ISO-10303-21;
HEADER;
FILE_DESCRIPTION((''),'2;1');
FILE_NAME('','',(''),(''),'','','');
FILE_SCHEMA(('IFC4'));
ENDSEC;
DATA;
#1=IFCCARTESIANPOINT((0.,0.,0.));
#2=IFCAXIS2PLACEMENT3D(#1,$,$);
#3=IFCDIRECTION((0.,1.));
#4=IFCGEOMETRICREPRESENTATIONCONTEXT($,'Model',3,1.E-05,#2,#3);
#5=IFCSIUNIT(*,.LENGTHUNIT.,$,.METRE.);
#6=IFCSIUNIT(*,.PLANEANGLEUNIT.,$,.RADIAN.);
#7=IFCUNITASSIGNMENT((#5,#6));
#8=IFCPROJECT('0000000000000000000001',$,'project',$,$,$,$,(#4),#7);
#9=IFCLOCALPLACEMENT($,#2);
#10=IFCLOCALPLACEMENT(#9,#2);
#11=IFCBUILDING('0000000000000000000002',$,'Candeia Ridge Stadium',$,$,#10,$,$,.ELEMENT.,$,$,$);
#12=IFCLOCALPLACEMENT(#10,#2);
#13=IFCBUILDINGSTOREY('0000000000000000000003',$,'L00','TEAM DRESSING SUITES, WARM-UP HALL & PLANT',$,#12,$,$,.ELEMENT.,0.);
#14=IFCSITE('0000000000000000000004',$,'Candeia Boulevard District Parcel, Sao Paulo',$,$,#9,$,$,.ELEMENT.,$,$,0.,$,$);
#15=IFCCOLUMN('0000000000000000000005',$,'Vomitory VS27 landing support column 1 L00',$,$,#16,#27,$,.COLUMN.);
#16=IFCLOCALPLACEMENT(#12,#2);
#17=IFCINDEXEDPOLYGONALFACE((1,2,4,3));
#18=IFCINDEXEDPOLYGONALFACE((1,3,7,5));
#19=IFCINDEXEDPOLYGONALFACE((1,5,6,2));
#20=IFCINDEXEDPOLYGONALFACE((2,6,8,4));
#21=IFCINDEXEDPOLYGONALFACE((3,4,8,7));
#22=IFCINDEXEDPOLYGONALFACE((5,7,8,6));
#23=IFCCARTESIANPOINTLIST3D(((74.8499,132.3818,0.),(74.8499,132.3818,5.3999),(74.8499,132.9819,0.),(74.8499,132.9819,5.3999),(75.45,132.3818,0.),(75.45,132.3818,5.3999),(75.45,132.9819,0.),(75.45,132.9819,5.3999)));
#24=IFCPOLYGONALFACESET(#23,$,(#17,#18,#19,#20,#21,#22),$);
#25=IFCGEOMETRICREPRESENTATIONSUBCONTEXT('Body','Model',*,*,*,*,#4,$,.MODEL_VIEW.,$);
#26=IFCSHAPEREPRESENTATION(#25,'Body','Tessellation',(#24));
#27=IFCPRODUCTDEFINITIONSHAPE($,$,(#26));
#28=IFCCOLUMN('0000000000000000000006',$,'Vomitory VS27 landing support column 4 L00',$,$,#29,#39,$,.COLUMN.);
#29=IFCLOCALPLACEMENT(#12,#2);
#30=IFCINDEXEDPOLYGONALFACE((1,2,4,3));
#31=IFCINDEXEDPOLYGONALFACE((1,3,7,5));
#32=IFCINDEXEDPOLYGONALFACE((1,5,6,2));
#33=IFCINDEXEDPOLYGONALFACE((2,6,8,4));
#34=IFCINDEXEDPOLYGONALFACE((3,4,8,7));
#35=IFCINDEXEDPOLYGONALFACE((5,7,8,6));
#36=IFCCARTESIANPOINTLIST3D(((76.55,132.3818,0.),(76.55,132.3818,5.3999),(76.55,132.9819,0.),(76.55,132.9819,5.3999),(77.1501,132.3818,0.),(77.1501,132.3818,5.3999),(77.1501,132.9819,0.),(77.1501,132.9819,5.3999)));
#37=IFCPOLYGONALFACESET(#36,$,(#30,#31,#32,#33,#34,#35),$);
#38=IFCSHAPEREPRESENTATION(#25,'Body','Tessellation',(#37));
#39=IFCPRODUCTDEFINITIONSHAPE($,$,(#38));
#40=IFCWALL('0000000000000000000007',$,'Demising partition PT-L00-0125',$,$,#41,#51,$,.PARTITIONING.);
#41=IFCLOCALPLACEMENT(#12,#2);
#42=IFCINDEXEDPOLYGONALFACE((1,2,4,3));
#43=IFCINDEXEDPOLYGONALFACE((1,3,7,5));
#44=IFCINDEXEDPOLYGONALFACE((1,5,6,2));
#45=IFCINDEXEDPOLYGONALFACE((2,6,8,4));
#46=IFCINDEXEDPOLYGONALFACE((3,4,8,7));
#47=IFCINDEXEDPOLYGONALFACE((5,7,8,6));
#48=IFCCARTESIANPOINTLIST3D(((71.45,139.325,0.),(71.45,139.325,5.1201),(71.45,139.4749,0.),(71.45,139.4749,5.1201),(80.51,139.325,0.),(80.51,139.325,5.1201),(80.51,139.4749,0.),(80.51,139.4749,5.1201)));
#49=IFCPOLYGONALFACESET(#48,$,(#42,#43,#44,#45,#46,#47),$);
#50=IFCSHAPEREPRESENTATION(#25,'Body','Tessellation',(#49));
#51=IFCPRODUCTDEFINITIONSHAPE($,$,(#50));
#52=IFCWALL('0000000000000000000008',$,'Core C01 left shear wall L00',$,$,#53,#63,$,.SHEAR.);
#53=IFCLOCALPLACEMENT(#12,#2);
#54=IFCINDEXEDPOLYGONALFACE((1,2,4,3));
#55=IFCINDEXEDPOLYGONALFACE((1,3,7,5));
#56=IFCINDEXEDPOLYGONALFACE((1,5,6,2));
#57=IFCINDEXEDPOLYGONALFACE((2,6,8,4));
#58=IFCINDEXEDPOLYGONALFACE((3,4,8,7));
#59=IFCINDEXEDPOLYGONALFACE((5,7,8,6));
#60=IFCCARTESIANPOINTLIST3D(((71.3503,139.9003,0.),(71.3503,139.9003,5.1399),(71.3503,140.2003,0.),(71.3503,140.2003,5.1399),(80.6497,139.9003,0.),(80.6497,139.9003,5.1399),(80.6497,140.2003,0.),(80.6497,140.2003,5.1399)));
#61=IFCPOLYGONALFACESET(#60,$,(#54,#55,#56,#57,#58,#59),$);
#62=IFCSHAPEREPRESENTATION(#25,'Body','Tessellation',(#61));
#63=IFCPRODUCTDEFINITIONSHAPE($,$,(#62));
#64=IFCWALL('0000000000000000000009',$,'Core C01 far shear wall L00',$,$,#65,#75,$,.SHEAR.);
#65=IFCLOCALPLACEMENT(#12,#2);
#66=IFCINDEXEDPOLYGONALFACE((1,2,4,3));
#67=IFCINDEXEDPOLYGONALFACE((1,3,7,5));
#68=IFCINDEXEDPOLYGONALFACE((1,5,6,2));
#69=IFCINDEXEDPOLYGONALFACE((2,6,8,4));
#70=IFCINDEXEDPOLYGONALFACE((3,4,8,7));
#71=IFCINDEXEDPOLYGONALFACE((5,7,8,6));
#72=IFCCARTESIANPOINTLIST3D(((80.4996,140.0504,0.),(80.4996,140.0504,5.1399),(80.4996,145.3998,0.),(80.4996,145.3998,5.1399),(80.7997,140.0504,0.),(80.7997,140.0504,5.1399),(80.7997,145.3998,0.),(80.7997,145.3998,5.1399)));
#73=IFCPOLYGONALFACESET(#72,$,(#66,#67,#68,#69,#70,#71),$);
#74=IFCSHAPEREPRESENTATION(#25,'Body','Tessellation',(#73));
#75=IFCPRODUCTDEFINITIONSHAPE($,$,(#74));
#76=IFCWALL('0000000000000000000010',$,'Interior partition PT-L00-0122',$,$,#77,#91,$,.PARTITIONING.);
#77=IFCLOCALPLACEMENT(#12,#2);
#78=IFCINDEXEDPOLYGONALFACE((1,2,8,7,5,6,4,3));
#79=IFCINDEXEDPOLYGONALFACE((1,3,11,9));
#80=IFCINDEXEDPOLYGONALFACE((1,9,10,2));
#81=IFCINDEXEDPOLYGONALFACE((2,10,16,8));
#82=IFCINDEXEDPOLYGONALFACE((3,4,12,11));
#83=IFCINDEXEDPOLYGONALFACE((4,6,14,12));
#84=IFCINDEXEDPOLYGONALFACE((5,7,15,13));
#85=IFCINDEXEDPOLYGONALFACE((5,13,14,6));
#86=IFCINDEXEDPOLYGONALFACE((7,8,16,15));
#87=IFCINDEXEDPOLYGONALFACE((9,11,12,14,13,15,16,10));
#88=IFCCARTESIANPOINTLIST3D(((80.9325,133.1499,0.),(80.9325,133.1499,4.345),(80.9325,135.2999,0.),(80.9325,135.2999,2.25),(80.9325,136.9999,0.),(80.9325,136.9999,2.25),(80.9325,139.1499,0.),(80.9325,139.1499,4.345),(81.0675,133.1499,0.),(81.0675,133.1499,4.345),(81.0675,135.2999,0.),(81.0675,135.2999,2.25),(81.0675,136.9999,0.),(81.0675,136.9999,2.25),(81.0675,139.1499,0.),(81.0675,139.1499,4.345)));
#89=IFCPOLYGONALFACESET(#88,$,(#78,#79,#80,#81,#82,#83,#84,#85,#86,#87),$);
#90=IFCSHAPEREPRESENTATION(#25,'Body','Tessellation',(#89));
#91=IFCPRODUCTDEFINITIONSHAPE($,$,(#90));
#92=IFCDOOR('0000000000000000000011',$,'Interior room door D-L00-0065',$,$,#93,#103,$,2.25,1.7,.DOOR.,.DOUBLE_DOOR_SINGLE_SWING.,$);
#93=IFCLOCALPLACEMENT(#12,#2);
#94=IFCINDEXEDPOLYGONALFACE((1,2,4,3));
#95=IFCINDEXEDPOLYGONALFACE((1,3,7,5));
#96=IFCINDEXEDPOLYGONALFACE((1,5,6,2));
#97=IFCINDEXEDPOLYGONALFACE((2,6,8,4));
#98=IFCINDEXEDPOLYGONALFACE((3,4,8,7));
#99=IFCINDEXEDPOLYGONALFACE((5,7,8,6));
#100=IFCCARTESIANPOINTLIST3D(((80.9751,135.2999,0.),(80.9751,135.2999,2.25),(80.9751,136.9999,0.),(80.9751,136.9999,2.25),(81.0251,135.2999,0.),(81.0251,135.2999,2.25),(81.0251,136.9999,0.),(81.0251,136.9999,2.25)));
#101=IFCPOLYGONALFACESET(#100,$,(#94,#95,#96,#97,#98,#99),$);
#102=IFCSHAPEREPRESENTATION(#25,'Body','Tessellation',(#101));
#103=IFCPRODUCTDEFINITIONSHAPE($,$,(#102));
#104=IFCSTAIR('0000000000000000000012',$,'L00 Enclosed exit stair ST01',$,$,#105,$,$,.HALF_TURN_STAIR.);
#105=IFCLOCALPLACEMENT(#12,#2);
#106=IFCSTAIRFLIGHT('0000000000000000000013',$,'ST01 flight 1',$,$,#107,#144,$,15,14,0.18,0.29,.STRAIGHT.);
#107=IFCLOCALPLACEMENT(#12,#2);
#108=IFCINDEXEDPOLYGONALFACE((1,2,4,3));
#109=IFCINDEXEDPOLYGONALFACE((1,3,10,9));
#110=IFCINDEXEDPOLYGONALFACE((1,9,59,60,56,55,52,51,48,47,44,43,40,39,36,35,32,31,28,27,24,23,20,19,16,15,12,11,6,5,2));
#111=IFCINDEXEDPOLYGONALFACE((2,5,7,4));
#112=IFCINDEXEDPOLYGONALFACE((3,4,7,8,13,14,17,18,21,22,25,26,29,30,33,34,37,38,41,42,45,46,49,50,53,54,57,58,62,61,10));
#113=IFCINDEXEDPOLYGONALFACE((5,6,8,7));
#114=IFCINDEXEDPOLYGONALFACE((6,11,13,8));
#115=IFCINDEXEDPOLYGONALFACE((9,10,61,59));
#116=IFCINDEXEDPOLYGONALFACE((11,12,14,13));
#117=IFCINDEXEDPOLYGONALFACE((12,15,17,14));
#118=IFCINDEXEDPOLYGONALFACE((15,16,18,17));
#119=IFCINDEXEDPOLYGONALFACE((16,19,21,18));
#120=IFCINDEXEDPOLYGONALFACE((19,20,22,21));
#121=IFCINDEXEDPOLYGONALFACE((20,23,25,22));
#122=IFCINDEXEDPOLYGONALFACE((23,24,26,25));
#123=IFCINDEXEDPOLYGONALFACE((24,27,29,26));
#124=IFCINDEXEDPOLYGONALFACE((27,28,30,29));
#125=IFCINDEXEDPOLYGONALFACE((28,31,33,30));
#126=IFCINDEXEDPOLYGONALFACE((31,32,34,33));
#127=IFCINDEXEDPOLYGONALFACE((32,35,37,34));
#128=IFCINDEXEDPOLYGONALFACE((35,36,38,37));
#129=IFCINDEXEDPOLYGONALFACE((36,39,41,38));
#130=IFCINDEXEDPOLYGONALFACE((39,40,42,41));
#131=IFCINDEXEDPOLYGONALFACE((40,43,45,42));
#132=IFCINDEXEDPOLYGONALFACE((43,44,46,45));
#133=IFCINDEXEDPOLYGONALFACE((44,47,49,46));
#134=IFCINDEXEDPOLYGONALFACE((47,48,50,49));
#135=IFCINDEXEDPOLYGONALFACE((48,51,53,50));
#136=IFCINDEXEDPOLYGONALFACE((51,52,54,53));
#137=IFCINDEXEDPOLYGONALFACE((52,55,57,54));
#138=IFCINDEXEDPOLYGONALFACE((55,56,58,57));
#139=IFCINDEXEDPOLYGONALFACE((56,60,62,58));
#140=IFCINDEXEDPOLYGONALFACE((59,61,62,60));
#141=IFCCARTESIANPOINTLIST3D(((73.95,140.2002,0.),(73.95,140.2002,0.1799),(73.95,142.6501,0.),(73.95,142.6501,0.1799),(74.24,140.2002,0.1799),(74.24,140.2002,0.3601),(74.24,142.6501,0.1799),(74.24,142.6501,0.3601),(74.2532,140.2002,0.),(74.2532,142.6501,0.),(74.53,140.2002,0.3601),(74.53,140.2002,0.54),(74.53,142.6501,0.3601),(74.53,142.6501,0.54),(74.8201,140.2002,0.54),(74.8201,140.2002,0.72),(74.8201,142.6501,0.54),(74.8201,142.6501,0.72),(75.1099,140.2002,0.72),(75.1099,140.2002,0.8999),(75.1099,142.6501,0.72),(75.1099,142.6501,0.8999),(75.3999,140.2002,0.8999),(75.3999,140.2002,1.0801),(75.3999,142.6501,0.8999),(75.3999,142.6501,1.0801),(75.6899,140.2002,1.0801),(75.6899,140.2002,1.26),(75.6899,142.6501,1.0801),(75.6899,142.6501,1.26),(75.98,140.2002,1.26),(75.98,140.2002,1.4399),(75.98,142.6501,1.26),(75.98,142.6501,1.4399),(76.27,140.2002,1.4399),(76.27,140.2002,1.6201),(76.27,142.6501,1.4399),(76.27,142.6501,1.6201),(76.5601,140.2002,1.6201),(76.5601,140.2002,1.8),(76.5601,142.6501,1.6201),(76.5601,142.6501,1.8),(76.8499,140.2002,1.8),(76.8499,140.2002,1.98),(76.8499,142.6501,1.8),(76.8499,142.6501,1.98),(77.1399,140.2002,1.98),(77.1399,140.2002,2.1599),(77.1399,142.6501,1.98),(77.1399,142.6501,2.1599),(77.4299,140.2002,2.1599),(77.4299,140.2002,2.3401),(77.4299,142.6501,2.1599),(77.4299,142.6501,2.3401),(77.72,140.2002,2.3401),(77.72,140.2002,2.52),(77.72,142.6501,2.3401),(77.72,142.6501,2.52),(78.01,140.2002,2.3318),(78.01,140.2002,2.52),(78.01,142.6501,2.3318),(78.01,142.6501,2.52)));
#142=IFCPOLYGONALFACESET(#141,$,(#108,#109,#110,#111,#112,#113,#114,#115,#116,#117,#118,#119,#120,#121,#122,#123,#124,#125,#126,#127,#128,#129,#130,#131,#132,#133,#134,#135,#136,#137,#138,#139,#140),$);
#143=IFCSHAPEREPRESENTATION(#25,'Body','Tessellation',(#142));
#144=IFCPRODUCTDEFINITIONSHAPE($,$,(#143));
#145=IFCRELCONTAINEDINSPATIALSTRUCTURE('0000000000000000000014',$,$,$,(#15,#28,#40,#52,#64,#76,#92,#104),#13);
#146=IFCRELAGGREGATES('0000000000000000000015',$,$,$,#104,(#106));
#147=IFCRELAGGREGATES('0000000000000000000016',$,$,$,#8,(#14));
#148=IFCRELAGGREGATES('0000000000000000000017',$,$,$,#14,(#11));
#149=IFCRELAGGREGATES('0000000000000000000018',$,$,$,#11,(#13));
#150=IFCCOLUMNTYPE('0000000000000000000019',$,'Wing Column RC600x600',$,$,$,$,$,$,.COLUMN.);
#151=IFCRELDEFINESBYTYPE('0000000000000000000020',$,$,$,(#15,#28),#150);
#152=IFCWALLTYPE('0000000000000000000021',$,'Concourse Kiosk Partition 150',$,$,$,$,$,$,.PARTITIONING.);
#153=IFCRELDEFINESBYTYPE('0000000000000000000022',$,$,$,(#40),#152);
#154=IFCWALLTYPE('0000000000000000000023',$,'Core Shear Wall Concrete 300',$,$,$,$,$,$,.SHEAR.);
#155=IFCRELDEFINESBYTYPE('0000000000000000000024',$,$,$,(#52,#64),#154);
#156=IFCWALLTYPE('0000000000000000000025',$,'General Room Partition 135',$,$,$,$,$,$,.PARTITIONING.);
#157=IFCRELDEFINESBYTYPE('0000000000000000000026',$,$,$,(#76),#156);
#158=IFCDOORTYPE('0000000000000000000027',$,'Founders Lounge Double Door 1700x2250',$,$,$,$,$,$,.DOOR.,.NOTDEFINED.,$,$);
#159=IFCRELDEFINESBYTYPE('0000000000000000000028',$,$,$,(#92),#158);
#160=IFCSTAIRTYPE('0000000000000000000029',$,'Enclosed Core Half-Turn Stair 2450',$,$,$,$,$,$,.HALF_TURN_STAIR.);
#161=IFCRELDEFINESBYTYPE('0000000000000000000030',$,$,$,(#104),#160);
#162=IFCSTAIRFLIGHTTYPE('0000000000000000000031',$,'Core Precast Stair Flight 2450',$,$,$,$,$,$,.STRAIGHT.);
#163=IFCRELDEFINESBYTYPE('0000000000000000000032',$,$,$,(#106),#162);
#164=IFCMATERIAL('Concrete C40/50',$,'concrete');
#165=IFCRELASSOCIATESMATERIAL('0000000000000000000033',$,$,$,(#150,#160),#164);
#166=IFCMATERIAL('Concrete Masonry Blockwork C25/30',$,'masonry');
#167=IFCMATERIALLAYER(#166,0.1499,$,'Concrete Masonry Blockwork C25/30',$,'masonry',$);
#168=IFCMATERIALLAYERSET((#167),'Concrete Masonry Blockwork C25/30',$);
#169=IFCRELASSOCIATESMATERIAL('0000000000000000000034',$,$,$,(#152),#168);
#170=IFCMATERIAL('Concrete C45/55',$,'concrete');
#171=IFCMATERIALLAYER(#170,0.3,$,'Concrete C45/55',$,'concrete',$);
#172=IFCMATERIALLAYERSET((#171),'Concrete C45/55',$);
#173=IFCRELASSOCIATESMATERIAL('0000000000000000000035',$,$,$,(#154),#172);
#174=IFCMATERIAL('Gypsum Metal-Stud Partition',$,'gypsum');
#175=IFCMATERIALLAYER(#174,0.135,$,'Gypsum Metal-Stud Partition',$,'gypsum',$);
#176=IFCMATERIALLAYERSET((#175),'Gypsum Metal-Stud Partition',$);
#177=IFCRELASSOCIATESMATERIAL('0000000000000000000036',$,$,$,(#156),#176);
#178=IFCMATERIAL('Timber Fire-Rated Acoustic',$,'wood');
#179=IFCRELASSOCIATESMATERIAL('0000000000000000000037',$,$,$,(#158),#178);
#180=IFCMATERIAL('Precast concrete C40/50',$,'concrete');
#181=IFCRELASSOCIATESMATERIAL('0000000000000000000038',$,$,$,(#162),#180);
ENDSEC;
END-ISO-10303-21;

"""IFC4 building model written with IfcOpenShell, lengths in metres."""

from ifc_helpers import new_model, si_unit, direction, frame, frame_2d, origin, origin_2d, place, context, subcontext, project, spatial, polyline, rectangle, outline, extrude, material, layer, layer_set, material_profile, profile_set, type_object, element, fill, aggregate, save


model = new_model("IFC4")

# Units and contexts
model_context = context("Model", 3, precision=1e-05, world=origin(), true_north=direction((0.0, 1.0)))
body_context = subcontext(model_context, "Body", "Model", "MODEL_VIEW")
ifc_project = project(units=[si_unit("LENGTHUNIT", "METRE"), si_unit("PLANEANGLEUNIT", "RADIAN")], contexts=[model_context])

# Site, building, storey
site_placement = place(None, origin())
site = spatial("IfcSite", under=ifc_project, at=site_placement, Name="Candeia Boulevard District Parcel, Sao Paulo", CompositionType="ELEMENT", RefElevation=0.0)
building_placement = place(site_placement, origin())
building = spatial("IfcBuilding", under=site, at=building_placement, Name="Candeia Ridge Stadium", CompositionType="ELEMENT")
storey_placement = place(building_placement, origin())
storey = spatial("IfcBuildingStorey", under=building, at=storey_placement, Name="L00", Description="TEAM DRESSING SUITES, WARM-UP HALL & PLANT", CompositionType="ELEMENT", Elevation=0.0)

# Shared definitions
ifc_material_1 = material(Name="Concrete C40/50", Category="concrete")

# Columns
ifc_material_2 = material(Name="Concrete C45/55", Category="concrete")
ifc_material_profile_1 = material_profile(ifc_material_1, rectangle(XDim=0.6001, YDim=0.6001, at=origin_2d()), Name="RC600x600", Category="concrete")
ifc_profile_set_1 = profile_set([ifc_material_profile_1], Name="Concrete C40/50")
column_type_1 = type_object("IfcColumnType", Name="Wing Column RC600x600", PredefinedType="COLUMN", material=ifc_profile_set_1)
for number, where, z_axis, x_axis, name in (
    (1, (75.1499, 132.6819, 0.0), (0.0, 0.0, 1.0), (1.0, 0.0, 0.0), "Vomitory VS27 landing support column 1 L00"),
    (2, (76.8501, 132.6819, 0.0), (0.0, 0.0, 1.0), (1.0, 0.0, 0.0), "Vomitory VS27 landing support column 4 L00"),
):
    element("IfcColumn", number, at=place(storey_placement, frame(where, z_axis=z_axis, x_axis=x_axis)), inside=storey, type_object=column_type_1, Name=name, PredefinedType="COLUMN", context=body_context, shape_type="SweptSolid", body=[
        extrude(rectangle(XDim=0.6001, YDim=0.6001, at=origin_2d()), origin(), (0.0, 0.0, 1.0), 5.3999),
    ])

# Walls
ifc_material_3 = material(Name="Concrete Masonry Blockwork C25/30", Category="masonry")
ifc_layer_1 = layer(ifc_material_3, 0.1499, Name="Concrete Masonry Blockwork C25/30", Category="masonry")
ifc_layer_set_1 = layer_set([ifc_layer_1], Name="Concrete Masonry Blockwork C25/30")
wall_type_1 = type_object("IfcWallType", Name="Concourse Kiosk Partition 150", PredefinedType="PARTITIONING", material=ifc_layer_set_1)
wall_1_placement = place(storey_placement, frame((71.45, 139.3999, 0.0), z_axis=(0.0, 0.0, 1.0), x_axis=(1.0, 0.0, 0.0)))
element("IfcWall", 3, at=wall_1_placement, inside=storey, type_object=wall_type_1, Name="Demising partition PT-L00-0125", PredefinedType="PARTITIONING", context=body_context, shape_type="SweptSolid", body=[
    extrude(rectangle(XDim=9.0601, YDim=0.1499, at=frame_2d((4.53, 0.0))), origin(), (0.0, 0.0, 1.0), 5.1201),
])
ifc_layer_2 = layer(ifc_material_2, 0.3, Name="Concrete C45/55", Category="concrete")
ifc_layer_set_2 = layer_set([ifc_layer_2], Name="Concrete C45/55")
wall_type_2 = type_object("IfcWallType", Name="Core Shear Wall Concrete 300", PredefinedType="SHEAR", material=ifc_layer_set_2)
wall_2_placement = place(storey_placement, frame((71.3503, 140.0503, 0.0), z_axis=(0.0, 0.0, 1.0), x_axis=(1.0, 0.0, 0.0)))
element("IfcWall", 4, at=wall_2_placement, inside=storey, type_object=wall_type_2, Name="Core C01 left shear wall L00", PredefinedType="SHEAR", context=body_context, shape_type="SweptSolid", body=[
    extrude(rectangle(XDim=9.2993, YDim=0.3, at=frame_2d((4.6497, 0.0))), origin(), (0.0, 0.0, 1.0), 5.1399),
])
wall_3_placement = place(storey_placement, frame((80.6497, 140.0503, 0.0), z_axis=(0.0, 0.0, 1.0), x_axis=(0.0, 1.0, 0.0)))
element("IfcWall", 5, at=wall_3_placement, inside=storey, type_object=wall_type_2, Name="Core C01 far shear wall L00", PredefinedType="SHEAR", context=body_context, shape_type="SweptSolid", body=[
    extrude(rectangle(XDim=5.3494, YDim=0.3, at=frame_2d((2.6748, 0.0))), origin(), (0.0, 0.0, 1.0), 5.1399),
])

# Wall, opening, door
ifc_material_4 = material(Name="Gypsum Metal-Stud Partition", Category="gypsum")
ifc_layer_3 = layer(ifc_material_4, 0.135, Name="Gypsum Metal-Stud Partition", Category="gypsum")
ifc_layer_set_3 = layer_set([ifc_layer_3], Name="Gypsum Metal-Stud Partition")
wall_type_3 = type_object("IfcWallType", Name="General Room Partition 135", PredefinedType="PARTITIONING", material=ifc_layer_set_3)
wall_4_placement = place(storey_placement, frame((81.0, 133.1499, 0.0), z_axis=(0.0, 0.0, 1.0), x_axis=(0.0, 1.0, 0.0)))
wall_4 = element("IfcWall", 6, at=wall_4_placement, inside=storey, type_object=wall_type_3, Name="Interior partition PT-L00-0122", PredefinedType="PARTITIONING", context=body_context, shape_type="SweptSolid", body=[
    extrude(rectangle(XDim=6.0, YDim=0.135, at=frame_2d((3.0, 0.0))), origin(), (0.0, 0.0, 1.0), 4.345),
])
opening_placement = place(wall_4_placement, frame((2.1499, 0.0, 0.0)))
opening = element("IfcOpeningElement", 7, at=opening_placement, cuts=wall_4, PredefinedType="OPENING", context=body_context, shape_type="SweptSolid", body=[
    extrude(rectangle(XDim=1.7, YDim=2.25, at=frame_2d((0.8501, 1.125))), frame((0.0, 0.0774, 0.0), z_axis=(0.0, -1.0, 0.0), x_axis=(1.0, 0.0, 0.0)), (0.0, 0.0, 1.0), 0.155),
])
ifc_material_5 = material(Name="Timber Fire-Rated Acoustic", Category="wood")
door_type = type_object("IfcDoorType", Name="Founders Lounge Double Door 1700x2250", OperationType="NOTDEFINED", PredefinedType="DOOR", material=ifc_material_5)
door_placement = place(opening_placement, origin())
door = element("IfcDoor", 8, at=door_placement, inside=storey, type_object=door_type, Name="Interior room door D-L00-0065", OperationType="DOUBLE_DOOR_SINGLE_SWING", OverallHeight=2.25, OverallWidth=1.7, PredefinedType="DOOR", context=body_context, shape_type="SweptSolid", body=[
    extrude(rectangle(XDim=1.7, YDim=2.25, at=frame_2d((0.8501, 1.125))), frame((0.0, 0.0249, 0.0), z_axis=(0.0, -1.0, 0.0), x_axis=(1.0, 0.0, 0.0)), (0.0, 0.0, 1.0), 0.05),
])
fill(opening, door)

# Stair, stair flight
stair_type = type_object("IfcStairType", Name="Enclosed Core Half-Turn Stair 2450", PredefinedType="HALF_TURN_STAIR", material=ifc_material_1)
stair_placement = place(storey_placement, origin())
stair = element("IfcStair", 9, at=stair_placement, inside=storey, type_object=stair_type, Name="L00 Enclosed exit stair ST01", PredefinedType="HALF_TURN_STAIR")
ifc_material_6 = material(Name="Precast concrete C40/50", Category="concrete")
stair_flight_type = type_object("IfcStairFlightType", Name="Core Precast Stair Flight 2450", PredefinedType="STRAIGHT", material=ifc_material_6)
stair_flight_1_placement = place(storey_placement, frame((73.95, 141.425, 0.0), z_axis=(0.0, 0.0, 1.0), x_axis=(1.0, 0.0, 0.0)))
stair_flight_1 = element("IfcStairFlight", 10, at=stair_flight_1_placement, type_object=stair_flight_type, Name="ST01 flight 1", NumberOfRisers=15, NumberOfTreads=14, PredefinedType="STRAIGHT", RiserHeight=0.18, TreadLength=0.29, context=body_context, shape_type="SweptSolid", body=[
    extrude(outline(polyline([(0.0, 0.0), (0.0, 0.1799), (0.29, 0.1799), (0.29, 0.3601), (0.5801, 0.3601), (0.5801, 0.54), (0.8701, 0.54), (0.8701, 0.72), (1.1599, 0.72), (1.1599, 0.8999), (1.45, 0.8999), (1.45, 1.0801), (1.74, 1.0801), (1.74, 1.26), (2.03, 1.26), (2.03, 1.4399), (2.3201, 1.4399), (2.3201, 1.6201), (2.6101, 1.6201), (2.6101, 1.8), (2.8999, 1.8), (2.8999, 1.98), (3.1899, 1.98), (3.1899, 2.1599), (3.48, 2.1599), (3.48, 2.3401), (3.77, 2.3401), (3.77, 2.52), (4.0601, 2.52), (4.0601, 2.7), (4.0601, 2.3318), (0.3032, 0.0), (0.0, 0.0)])), frame((0.0, 1.2251, 0.0), z_axis=(0.0, -1.0, 0.0), x_axis=(1.0, 0.0, 0.0)), (0.0, 0.0, 1.0), 2.45),
])
aggregate(stair, [stair_flight_1])

save(model, "model.ifc")
